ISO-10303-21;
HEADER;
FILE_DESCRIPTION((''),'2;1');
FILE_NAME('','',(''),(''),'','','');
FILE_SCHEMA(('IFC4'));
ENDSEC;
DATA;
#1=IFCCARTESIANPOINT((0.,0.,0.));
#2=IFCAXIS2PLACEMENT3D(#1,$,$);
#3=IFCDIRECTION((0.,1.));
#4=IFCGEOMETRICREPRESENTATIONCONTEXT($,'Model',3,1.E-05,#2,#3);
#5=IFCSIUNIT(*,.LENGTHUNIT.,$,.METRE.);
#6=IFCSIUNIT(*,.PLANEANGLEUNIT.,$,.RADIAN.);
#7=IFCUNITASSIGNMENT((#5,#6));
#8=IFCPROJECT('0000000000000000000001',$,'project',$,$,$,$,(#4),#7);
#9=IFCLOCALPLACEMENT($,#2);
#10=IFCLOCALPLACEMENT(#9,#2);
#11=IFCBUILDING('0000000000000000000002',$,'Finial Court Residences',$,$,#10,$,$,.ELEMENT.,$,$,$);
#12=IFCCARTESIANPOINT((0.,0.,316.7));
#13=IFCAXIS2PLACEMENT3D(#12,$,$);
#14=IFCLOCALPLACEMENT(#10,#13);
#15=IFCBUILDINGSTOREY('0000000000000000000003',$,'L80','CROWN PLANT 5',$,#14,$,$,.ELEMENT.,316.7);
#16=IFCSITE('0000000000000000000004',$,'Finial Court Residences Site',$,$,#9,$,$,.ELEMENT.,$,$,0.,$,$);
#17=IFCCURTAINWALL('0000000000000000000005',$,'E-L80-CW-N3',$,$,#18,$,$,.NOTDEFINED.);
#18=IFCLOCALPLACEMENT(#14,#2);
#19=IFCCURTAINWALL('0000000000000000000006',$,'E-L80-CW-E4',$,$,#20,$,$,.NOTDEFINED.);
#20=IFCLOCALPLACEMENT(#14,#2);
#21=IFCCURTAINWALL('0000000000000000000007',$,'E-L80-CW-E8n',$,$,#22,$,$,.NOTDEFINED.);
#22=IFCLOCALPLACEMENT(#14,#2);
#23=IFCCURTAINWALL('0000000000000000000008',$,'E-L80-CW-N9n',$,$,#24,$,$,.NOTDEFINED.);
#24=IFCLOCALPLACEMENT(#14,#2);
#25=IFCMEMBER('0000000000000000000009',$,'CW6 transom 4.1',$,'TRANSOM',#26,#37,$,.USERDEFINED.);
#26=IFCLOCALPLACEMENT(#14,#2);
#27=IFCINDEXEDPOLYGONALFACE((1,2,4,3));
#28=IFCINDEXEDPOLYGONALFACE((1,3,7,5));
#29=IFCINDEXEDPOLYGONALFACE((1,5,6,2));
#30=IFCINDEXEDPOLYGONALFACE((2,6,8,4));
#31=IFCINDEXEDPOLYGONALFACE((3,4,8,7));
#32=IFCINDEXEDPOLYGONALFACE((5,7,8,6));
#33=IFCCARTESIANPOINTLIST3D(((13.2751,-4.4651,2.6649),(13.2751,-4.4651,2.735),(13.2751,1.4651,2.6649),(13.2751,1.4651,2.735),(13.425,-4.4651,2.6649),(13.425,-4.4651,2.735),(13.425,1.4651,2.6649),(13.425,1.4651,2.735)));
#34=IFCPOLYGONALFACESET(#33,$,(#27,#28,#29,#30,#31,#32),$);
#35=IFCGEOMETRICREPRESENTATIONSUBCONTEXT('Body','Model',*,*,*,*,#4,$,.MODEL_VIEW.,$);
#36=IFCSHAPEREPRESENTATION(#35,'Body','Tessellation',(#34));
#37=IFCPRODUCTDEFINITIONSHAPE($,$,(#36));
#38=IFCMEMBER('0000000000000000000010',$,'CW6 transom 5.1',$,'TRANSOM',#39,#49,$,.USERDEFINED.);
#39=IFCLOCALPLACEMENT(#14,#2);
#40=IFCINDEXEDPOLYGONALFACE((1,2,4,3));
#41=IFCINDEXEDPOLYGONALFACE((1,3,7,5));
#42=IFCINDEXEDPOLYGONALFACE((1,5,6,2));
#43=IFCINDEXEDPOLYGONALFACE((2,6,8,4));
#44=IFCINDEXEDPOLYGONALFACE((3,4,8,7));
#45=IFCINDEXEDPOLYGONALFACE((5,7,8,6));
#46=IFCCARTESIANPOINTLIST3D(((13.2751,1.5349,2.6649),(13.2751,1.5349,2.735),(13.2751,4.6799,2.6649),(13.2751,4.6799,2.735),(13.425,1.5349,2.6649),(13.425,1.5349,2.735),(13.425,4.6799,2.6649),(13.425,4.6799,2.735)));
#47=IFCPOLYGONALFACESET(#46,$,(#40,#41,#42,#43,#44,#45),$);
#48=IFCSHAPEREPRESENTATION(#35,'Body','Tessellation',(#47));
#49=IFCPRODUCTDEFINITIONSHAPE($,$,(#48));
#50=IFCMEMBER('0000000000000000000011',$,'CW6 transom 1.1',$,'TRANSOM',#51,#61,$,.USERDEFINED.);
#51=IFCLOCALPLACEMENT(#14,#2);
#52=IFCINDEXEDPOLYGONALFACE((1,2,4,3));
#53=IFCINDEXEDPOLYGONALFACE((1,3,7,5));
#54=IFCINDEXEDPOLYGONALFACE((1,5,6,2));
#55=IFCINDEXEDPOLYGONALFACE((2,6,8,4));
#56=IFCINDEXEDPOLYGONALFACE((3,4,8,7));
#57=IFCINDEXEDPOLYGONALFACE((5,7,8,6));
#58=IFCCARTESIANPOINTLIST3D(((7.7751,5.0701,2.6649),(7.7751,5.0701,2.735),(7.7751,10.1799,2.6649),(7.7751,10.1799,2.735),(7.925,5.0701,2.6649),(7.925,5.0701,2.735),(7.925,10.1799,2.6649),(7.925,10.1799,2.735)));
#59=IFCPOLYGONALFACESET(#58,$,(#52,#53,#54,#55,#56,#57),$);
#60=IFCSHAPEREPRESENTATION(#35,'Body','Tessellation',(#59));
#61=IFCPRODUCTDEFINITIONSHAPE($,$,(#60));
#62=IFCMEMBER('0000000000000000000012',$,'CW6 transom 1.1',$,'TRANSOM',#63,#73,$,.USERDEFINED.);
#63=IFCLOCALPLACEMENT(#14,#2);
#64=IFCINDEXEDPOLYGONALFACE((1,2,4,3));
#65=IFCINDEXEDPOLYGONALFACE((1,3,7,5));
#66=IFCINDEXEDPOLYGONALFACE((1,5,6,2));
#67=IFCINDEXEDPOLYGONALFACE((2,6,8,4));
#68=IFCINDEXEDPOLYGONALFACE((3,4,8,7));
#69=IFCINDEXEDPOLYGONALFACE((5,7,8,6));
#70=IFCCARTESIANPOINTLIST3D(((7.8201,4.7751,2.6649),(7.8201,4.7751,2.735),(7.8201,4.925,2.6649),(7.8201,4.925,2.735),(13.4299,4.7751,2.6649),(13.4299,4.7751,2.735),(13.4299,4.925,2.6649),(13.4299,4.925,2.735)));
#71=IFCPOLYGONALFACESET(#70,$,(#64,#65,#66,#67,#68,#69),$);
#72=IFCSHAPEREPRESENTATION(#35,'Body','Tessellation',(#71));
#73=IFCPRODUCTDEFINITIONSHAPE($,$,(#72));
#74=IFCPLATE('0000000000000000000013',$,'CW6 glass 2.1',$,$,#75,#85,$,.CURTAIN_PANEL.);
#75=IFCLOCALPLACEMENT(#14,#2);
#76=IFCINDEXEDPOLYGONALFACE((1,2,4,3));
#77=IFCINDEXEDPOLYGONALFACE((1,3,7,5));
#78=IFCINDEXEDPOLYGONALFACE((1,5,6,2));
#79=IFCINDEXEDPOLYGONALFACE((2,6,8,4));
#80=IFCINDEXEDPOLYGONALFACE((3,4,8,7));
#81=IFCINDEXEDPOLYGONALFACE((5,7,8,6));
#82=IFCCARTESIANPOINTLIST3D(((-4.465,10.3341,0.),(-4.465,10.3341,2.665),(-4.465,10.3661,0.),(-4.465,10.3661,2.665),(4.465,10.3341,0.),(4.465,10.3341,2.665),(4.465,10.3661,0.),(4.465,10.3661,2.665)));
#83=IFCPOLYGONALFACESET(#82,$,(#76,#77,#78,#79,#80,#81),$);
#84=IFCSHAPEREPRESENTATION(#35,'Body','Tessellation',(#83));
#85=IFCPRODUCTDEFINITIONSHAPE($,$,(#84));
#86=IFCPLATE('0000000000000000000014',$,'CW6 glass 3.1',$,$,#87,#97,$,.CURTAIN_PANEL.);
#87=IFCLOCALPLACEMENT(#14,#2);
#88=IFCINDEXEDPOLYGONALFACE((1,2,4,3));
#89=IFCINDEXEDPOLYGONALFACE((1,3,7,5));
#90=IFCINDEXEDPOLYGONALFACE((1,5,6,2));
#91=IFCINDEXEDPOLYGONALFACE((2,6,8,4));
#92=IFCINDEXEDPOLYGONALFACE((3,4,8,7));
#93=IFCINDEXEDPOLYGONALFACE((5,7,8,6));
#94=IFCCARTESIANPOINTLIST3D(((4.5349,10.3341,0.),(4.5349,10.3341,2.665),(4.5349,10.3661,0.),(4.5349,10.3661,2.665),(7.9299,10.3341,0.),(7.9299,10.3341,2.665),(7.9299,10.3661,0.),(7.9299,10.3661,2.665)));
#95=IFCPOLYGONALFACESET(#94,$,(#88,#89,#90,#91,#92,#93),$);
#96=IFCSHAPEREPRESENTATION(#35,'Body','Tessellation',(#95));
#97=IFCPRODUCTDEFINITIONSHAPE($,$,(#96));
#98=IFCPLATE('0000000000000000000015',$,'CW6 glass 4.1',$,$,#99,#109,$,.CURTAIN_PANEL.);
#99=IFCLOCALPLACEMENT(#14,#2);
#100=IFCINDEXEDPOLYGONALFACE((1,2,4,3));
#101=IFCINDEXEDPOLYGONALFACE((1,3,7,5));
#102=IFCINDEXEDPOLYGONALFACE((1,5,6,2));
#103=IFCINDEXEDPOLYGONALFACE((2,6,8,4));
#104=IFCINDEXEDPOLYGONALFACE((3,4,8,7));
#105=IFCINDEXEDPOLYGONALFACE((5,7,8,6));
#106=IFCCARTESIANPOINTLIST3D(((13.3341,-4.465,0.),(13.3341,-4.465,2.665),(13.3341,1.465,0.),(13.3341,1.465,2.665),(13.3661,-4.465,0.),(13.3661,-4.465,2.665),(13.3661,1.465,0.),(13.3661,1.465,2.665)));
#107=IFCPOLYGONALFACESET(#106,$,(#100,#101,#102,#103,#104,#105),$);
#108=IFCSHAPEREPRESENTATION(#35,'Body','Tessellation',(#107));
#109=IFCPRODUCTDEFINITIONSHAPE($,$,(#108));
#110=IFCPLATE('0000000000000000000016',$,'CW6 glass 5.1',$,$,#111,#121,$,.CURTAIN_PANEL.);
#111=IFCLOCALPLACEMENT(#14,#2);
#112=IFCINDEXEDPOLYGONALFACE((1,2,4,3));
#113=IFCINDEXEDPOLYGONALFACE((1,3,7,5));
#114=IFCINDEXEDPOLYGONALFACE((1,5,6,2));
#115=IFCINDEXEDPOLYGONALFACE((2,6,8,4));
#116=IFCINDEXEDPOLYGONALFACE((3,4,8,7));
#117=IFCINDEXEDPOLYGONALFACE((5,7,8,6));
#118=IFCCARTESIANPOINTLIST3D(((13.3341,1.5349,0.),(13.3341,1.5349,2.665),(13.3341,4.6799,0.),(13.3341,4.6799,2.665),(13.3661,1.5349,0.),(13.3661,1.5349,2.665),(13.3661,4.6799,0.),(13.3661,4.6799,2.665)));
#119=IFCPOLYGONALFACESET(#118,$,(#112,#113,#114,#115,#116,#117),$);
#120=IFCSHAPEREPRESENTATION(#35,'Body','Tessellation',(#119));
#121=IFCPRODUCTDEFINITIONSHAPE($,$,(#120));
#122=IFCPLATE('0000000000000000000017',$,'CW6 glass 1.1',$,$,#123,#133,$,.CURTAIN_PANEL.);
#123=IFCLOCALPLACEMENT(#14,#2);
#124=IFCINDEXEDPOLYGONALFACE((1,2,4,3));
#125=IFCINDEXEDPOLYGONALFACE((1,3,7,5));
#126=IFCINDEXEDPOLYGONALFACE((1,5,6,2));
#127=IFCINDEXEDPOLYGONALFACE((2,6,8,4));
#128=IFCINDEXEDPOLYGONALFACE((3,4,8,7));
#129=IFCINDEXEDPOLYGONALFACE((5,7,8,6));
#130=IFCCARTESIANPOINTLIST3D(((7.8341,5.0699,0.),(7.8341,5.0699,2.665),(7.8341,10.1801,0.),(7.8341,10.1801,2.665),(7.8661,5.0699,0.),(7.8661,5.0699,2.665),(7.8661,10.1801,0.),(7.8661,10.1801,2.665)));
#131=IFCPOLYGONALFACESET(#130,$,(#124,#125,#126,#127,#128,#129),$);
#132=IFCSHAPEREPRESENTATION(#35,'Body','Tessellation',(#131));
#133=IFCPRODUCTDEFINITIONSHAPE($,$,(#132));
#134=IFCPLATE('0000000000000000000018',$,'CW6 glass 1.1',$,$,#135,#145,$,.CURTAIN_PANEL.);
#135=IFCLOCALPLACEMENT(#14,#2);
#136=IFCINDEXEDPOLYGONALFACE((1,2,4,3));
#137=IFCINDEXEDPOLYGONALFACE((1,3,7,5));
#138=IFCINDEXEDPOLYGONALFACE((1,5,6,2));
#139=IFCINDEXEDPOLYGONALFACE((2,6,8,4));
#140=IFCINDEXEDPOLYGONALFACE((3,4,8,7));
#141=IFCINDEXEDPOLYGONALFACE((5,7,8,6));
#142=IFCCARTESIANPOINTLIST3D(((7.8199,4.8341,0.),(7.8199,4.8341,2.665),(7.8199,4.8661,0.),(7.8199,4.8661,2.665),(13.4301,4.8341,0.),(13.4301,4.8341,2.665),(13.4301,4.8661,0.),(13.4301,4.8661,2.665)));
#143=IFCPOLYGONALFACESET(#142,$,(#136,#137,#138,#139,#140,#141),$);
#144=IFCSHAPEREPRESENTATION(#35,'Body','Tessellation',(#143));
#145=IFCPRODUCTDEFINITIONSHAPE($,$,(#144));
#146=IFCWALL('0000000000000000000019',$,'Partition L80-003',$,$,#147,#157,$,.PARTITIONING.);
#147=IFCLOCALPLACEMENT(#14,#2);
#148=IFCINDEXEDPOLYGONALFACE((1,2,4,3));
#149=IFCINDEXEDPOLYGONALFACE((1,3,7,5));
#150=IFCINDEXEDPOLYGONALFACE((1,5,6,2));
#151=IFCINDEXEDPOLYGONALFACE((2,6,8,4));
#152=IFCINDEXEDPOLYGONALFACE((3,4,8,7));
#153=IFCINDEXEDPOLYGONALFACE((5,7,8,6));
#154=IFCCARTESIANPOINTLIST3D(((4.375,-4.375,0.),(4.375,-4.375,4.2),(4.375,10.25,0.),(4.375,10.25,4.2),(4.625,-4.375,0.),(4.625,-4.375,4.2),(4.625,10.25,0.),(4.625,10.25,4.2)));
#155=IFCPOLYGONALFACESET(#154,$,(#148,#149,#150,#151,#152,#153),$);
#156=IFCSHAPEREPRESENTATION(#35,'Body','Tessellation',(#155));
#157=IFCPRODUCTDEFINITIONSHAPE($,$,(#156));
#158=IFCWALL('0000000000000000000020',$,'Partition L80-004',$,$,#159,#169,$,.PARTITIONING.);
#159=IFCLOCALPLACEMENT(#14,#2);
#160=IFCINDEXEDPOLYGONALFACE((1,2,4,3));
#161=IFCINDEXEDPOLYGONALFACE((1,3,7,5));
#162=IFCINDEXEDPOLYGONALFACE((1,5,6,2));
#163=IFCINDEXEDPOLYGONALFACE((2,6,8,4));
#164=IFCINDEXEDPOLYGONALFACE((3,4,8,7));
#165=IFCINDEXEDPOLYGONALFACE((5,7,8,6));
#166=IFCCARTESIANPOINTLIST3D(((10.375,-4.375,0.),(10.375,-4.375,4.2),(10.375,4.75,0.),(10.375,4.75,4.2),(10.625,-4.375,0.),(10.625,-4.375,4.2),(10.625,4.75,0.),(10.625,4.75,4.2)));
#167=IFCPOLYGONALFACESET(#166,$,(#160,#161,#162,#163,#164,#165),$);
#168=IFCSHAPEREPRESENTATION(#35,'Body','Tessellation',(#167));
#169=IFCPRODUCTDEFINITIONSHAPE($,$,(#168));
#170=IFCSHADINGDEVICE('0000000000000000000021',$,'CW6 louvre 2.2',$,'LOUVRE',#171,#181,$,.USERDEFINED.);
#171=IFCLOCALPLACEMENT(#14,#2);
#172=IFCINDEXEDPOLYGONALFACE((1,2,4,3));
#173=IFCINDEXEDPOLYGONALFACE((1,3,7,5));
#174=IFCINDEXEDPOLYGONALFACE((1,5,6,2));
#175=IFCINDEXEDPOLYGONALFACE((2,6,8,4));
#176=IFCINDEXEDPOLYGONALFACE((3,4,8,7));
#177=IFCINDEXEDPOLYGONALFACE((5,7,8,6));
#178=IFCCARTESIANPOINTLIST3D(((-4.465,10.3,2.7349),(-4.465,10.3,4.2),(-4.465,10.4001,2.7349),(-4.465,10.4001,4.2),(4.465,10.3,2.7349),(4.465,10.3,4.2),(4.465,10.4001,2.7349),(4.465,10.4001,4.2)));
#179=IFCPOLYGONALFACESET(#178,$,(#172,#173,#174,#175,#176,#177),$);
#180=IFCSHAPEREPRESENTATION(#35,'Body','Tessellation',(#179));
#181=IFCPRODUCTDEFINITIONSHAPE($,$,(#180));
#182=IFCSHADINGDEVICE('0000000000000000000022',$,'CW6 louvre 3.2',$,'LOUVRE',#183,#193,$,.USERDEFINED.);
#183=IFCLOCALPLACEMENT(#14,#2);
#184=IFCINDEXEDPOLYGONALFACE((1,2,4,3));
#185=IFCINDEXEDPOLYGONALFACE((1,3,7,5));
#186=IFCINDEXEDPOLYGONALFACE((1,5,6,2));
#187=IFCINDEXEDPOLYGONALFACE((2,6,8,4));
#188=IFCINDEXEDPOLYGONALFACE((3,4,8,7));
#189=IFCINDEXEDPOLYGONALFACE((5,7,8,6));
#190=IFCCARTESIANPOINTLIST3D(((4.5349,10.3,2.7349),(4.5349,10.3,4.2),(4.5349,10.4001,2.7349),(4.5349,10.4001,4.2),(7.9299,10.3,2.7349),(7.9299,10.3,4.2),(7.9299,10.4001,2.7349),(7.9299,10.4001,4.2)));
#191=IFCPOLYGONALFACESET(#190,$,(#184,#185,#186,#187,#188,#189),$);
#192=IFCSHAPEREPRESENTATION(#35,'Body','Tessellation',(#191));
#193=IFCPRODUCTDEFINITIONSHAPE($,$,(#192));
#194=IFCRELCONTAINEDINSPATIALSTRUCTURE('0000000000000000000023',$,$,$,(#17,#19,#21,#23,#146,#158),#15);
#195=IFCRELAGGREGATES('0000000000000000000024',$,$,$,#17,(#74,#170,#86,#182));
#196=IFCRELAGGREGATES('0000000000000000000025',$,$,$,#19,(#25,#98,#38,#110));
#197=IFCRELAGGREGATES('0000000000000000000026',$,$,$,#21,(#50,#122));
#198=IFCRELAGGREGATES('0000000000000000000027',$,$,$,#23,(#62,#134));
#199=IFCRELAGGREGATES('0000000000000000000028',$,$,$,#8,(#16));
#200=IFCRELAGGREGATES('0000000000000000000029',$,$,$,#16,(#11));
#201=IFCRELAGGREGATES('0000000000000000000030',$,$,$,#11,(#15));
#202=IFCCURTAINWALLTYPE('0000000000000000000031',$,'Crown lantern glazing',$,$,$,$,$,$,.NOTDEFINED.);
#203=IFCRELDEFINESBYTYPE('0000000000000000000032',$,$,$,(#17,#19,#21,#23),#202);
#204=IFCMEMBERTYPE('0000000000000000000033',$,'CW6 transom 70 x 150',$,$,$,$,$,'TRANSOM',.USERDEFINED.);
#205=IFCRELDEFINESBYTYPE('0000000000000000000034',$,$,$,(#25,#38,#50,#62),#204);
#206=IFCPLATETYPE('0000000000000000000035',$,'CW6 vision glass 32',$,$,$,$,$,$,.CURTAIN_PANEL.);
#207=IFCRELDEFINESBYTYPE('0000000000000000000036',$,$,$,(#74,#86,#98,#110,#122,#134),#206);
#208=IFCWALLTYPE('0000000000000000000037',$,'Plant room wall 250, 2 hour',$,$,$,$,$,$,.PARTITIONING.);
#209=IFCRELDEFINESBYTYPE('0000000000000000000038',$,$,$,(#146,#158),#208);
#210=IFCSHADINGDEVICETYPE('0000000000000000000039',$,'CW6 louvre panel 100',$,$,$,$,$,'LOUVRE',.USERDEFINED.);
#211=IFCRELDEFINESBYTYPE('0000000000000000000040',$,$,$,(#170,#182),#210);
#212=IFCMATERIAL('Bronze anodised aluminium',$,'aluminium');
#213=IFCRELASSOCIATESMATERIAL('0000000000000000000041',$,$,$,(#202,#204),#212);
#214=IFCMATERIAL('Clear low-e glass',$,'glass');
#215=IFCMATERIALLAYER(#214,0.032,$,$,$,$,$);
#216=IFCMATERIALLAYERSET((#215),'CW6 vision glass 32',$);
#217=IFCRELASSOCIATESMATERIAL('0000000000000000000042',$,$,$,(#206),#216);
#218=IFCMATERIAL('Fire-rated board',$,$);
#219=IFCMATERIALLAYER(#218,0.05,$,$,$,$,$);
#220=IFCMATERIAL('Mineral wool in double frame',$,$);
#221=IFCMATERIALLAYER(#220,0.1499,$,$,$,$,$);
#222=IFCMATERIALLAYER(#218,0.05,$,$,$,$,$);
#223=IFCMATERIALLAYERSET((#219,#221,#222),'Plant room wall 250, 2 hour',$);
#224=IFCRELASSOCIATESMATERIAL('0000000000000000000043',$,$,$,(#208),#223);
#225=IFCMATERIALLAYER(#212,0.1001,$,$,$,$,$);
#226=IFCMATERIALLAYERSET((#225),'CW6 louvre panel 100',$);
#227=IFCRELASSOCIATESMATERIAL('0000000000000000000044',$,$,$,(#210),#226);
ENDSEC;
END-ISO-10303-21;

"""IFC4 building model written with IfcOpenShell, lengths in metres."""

from ifc_helpers import new_model, si_unit, direction, frame, frame_2d, origin, origin_2d, place, context, subcontext, project, spatial, rectangle, extrude, material, layer, layer_set, material_profile, profile_set, type_object, element, aggregate, save


model = new_model("IFC4")

# Units and contexts
model_context = context("Model", 3, precision=1e-05, world=origin(), true_north=direction((0.0, 1.0)))
body_context = subcontext(model_context, "Body", "Model", "MODEL_VIEW")
ifc_project = project(units=[si_unit("LENGTHUNIT", "METRE"), si_unit("PLANEANGLEUNIT", "RADIAN")], contexts=[model_context])

# Site, building, storey
site_placement = place(None, origin())
site = spatial("IfcSite", under=ifc_project, at=site_placement, Name="Finial Court Residences Site", CompositionType="ELEMENT", RefElevation=0.0)
building_placement = place(site_placement, origin())
building = spatial("IfcBuilding", under=site, at=building_placement, Name="Finial Court Residences", CompositionType="ELEMENT")
storey_placement = place(building_placement, frame((0.0, 0.0, 316.7)))
storey = spatial("IfcBuildingStorey", under=building, at=storey_placement, Name="L80", Description="CROWN PLANT 5", CompositionType="ELEMENT", Elevation=316.7)

# Curtain walls
ifc_material_1 = material(Name="Bronze anodised aluminium", Category="aluminium")
curtain_wall_type = type_object("IfcCurtainWallType", Name="Crown lantern glazing", PredefinedType="NOTDEFINED", material=ifc_material_1)
curtain_wall_1_placement = place(storey_placement, origin())
curtain_wall_1 = element("IfcCurtainWall", 1, at=curtain_wall_1_placement, inside=storey, type_object=curtain_wall_type, Name="E-L80-CW-N3", PredefinedType="NOTDEFINED")
curtain_wall_2_placement = place(storey_placement, origin())
curtain_wall_2 = element("IfcCurtainWall", 2, at=curtain_wall_2_placement, inside=storey, type_object=curtain_wall_type, Name="E-L80-CW-E4", PredefinedType="NOTDEFINED")
curtain_wall_3_placement = place(storey_placement, origin())
curtain_wall_3 = element("IfcCurtainWall", 3, at=curtain_wall_3_placement, inside=storey, type_object=curtain_wall_type, Name="E-L80-CW-E8n", PredefinedType="NOTDEFINED")
curtain_wall_4_placement = place(storey_placement, origin())
curtain_wall_4 = element("IfcCurtainWall", 4, at=curtain_wall_4_placement, inside=storey, type_object=curtain_wall_type, Name="E-L80-CW-N9n", PredefinedType="NOTDEFINED")

# Members
ifc_material_profile_1 = material_profile(ifc_material_1, rectangle(XDim=0.1499, YDim=0.0701, at=origin_2d()), Name="CW6 transom 70 x 150")
ifc_profile_set_1 = profile_set([ifc_material_profile_1], Name="Bronze anodised aluminium")
member_type_1 = type_object("IfcMemberType", Name="CW6 transom 70 x 150", ElementType="TRANSOM", PredefinedType="USERDEFINED", material=ifc_profile_set_1)
member_1_placement = place(storey_placement, frame((13.3501, -4.4651, 2.7), z_axis=(0.0, 1.0, 0.0), x_axis=(-1.0, 0.0, 0.0)))
member_1 = element("IfcMember", 5, at=member_1_placement, type_object=member_type_1, Name="CW6 transom 4.1", ObjectType="TRANSOM", PredefinedType="USERDEFINED", context=body_context, shape_type="SweptSolid", body=[
    extrude(rectangle(XDim=0.1499, YDim=0.0701, at=origin_2d()), origin(), (0.0, 0.0, 1.0), 5.9302),
])
member_2_placement = place(storey_placement, frame((13.3501, 1.5349, 2.7), z_axis=(0.0, 1.0, 0.0), x_axis=(-1.0, 0.0, 0.0)))
member_2 = element("IfcMember", 6, at=member_2_placement, type_object=member_type_1, Name="CW6 transom 5.1", ObjectType="TRANSOM", PredefinedType="USERDEFINED", context=body_context, shape_type="SweptSolid", body=[
    extrude(rectangle(XDim=0.1499, YDim=0.0701, at=origin_2d()), origin(), (0.0, 0.0, 1.0), 3.145),
])
member_3_placement = place(storey_placement, frame((7.8501, 5.0701, 2.7), z_axis=(0.0, 1.0, 0.0), x_axis=(-1.0, 0.0, 0.0)))
member_3 = element("IfcMember", 7, at=member_3_placement, type_object=member_type_1, Name="CW6 transom 1.1", ObjectType="TRANSOM", PredefinedType="USERDEFINED", context=body_context, shape_type="SweptSolid", body=[
    extrude(rectangle(XDim=0.1499, YDim=0.0701, at=origin_2d()), origin(), (0.0, 0.0, 1.0), 5.1099),
])
member_4_placement = place(storey_placement, frame((7.8201, 4.8501, 2.7), z_axis=(1.0, 0.0, 0.0), x_axis=(0.0, 1.0, 0.0)))
member_4 = element("IfcMember", 8, at=member_4_placement, type_object=member_type_1, Name="CW6 transom 1.1", ObjectType="TRANSOM", PredefinedType="USERDEFINED", context=body_context, shape_type="SweptSolid", body=[
    extrude(rectangle(XDim=0.1499, YDim=0.0701, at=origin_2d()), origin(), (0.0, 0.0, 1.0), 5.6099),
])

# Plates
ifc_material_2 = material(Name="Clear low-e glass", Category="glass")
ifc_layer_1 = layer(ifc_material_2, 0.032)
ifc_layer_set_1 = layer_set([ifc_layer_1], Name="CW6 vision glass 32")
plate_type = type_object("IfcPlateType", Name="CW6 vision glass 32", PredefinedType="CURTAIN_PANEL", material=ifc_layer_set_1)
plate_1_placement = place(storey_placement, frame((0.0, 10.3501, 0.0), z_axis=(0.0, 0.0, 1.0), x_axis=(1.0, 0.0, 0.0)))
plate_1 = element("IfcPlate", 9, at=plate_1_placement, type_object=plate_type, Name="CW6 glass 2.1", PredefinedType="CURTAIN_PANEL", context=body_context, shape_type="SweptSolid", body=[
    extrude(rectangle(XDim=8.9299, YDim=0.032, at=origin_2d()), origin(), (0.0, 0.0, 1.0), 2.665),
])
plate_2_placement = place(storey_placement, frame((6.2324, 10.3501, 0.0), z_axis=(0.0, 0.0, 1.0), x_axis=(1.0, 0.0, 0.0)))
plate_2 = element("IfcPlate", 10, at=plate_2_placement, type_object=plate_type, Name="CW6 glass 3.1", PredefinedType="CURTAIN_PANEL", context=body_context, shape_type="SweptSolid", body=[
    extrude(rectangle(XDim=3.395, YDim=0.032, at=origin_2d()), origin(), (0.0, 0.0, 1.0), 2.665),
])
plate_3_placement = place(storey_placement, frame((13.3501, -1.5, 0.0), z_axis=(0.0, 0.0, 1.0), x_axis=(0.0, 1.0, 0.0)))
plate_3 = element("IfcPlate", 11, at=plate_3_placement, type_object=plate_type, Name="CW6 glass 4.1", PredefinedType="CURTAIN_PANEL", context=body_context, shape_type="SweptSolid", body=[
    extrude(rectangle(XDim=5.9299, YDim=0.032, at=origin_2d()), origin(), (0.0, 0.0, 1.0), 2.665),
])
plate_4_placement = place(storey_placement, frame((13.3501, 3.1074, 0.0), z_axis=(0.0, 0.0, 1.0), x_axis=(0.0, 1.0, 0.0)))
plate_4 = element("IfcPlate", 12, at=plate_4_placement, type_object=plate_type, Name="CW6 glass 5.1", PredefinedType="CURTAIN_PANEL", context=body_context, shape_type="SweptSolid", body=[
    extrude(rectangle(XDim=3.145, YDim=0.032, at=origin_2d()), origin(), (0.0, 0.0, 1.0), 2.665),
])
plate_5_placement = place(storey_placement, frame((7.8501, 7.625, 0.0), z_axis=(0.0, 0.0, 1.0), x_axis=(0.0, 1.0, 0.0)))
plate_5 = element("IfcPlate", 13, at=plate_5_placement, type_object=plate_type, Name="CW6 glass 1.1", PredefinedType="CURTAIN_PANEL", context=body_context, shape_type="SweptSolid", body=[
    extrude(rectangle(XDim=5.1101, YDim=0.032, at=origin_2d()), origin(), (0.0, 0.0, 1.0), 2.665),
])
plate_6_placement = place(storey_placement, frame((10.625, 4.8501, 0.0), z_axis=(0.0, 0.0, 1.0), x_axis=(1.0, 0.0, 0.0)))
plate_6 = element("IfcPlate", 14, at=plate_6_placement, type_object=plate_type, Name="CW6 glass 1.1", PredefinedType="CURTAIN_PANEL", context=body_context, shape_type="SweptSolid", body=[
    extrude(rectangle(XDim=5.6101, YDim=0.032, at=origin_2d()), origin(), (0.0, 0.0, 1.0), 2.665),
])

# Walls
ifc_material_3 = material(Name="Fire-rated board")
ifc_layer_2 = layer(ifc_material_3, 0.05)
ifc_material_4 = material(Name="Mineral wool in double frame")
ifc_layer_3 = layer(ifc_material_4, 0.1499)
ifc_layer_4 = layer(ifc_material_3, 0.05)
ifc_layer_set_2 = layer_set([ifc_layer_2, ifc_layer_3, ifc_layer_4], Name="Plant room wall 250, 2 hour")
wall_type = type_object("IfcWallType", Name="Plant room wall 250, 2 hour", PredefinedType="PARTITIONING", material=ifc_layer_set_2)
wall_1_placement = place(storey_placement, frame((4.5, -4.375, 0.0), z_axis=(0.0, 0.0, 1.0), x_axis=(0.0, 1.0, 0.0)))
element("IfcWall", 15, at=wall_1_placement, inside=storey, type_object=wall_type, Name="Partition L80-003", PredefinedType="PARTITIONING", context=body_context, shape_type="SweptSolid", body=[
    extrude(rectangle(XDim=14.625, YDim=0.25, at=frame_2d((7.3125, 0.0))), origin(), (0.0, 0.0, 1.0), 4.2),
])
wall_2_placement = place(storey_placement, frame((10.5, -4.375, 0.0), z_axis=(0.0, 0.0, 1.0), x_axis=(0.0, 1.0, 0.0)))
element("IfcWall", 16, at=wall_2_placement, inside=storey, type_object=wall_type, Name="Partition L80-004", PredefinedType="PARTITIONING", context=body_context, shape_type="SweptSolid", body=[
    extrude(rectangle(XDim=9.125, YDim=0.25, at=frame_2d((4.5625, 0.0))), origin(), (0.0, 0.0, 1.0), 4.2),
])

# Shading devices
ifc_layer_5 = layer(ifc_material_1, 0.1001)
ifc_layer_set_3 = layer_set([ifc_layer_5], Name="CW6 louvre panel 100")
shading_device_type = type_object("IfcShadingDeviceType", Name="CW6 louvre panel 100", ElementType="LOUVRE", PredefinedType="USERDEFINED", material=ifc_layer_set_3)
shading_device_1_placement = place(storey_placement, frame((0.0, 10.3501, 2.7349), z_axis=(0.0, 0.0, 1.0), x_axis=(1.0, 0.0, 0.0)))
shading_device_1 = element("IfcShadingDevice", 17, at=shading_device_1_placement, type_object=shading_device_type, Name="CW6 louvre 2.2", ObjectType="LOUVRE", PredefinedType="USERDEFINED", context=body_context, shape_type="SweptSolid", body=[
    extrude(rectangle(XDim=8.9299, YDim=0.1001, at=origin_2d()), origin(), (0.0, 0.0, 1.0), 1.4651),
])
shading_device_2_placement = place(storey_placement, frame((6.2324, 10.3501, 2.7349), z_axis=(0.0, 0.0, 1.0), x_axis=(1.0, 0.0, 0.0)))
shading_device_2 = element("IfcShadingDevice", 18, at=shading_device_2_placement, type_object=shading_device_type, Name="CW6 louvre 3.2", ObjectType="LOUVRE", PredefinedType="USERDEFINED", context=body_context, shape_type="SweptSolid", body=[
    extrude(rectangle(XDim=3.395, YDim=0.1001, at=origin_2d()), origin(), (0.0, 0.0, 1.0), 1.4651),
])
aggregate(curtain_wall_1, [plate_1, shading_device_1, plate_2, shading_device_2])
aggregate(curtain_wall_2, [member_1, plate_3, member_2, plate_4])
aggregate(curtain_wall_3, [member_3, plate_5])
aggregate(curtain_wall_4, [member_4, plate_6])

save(model, "model.ifc")
